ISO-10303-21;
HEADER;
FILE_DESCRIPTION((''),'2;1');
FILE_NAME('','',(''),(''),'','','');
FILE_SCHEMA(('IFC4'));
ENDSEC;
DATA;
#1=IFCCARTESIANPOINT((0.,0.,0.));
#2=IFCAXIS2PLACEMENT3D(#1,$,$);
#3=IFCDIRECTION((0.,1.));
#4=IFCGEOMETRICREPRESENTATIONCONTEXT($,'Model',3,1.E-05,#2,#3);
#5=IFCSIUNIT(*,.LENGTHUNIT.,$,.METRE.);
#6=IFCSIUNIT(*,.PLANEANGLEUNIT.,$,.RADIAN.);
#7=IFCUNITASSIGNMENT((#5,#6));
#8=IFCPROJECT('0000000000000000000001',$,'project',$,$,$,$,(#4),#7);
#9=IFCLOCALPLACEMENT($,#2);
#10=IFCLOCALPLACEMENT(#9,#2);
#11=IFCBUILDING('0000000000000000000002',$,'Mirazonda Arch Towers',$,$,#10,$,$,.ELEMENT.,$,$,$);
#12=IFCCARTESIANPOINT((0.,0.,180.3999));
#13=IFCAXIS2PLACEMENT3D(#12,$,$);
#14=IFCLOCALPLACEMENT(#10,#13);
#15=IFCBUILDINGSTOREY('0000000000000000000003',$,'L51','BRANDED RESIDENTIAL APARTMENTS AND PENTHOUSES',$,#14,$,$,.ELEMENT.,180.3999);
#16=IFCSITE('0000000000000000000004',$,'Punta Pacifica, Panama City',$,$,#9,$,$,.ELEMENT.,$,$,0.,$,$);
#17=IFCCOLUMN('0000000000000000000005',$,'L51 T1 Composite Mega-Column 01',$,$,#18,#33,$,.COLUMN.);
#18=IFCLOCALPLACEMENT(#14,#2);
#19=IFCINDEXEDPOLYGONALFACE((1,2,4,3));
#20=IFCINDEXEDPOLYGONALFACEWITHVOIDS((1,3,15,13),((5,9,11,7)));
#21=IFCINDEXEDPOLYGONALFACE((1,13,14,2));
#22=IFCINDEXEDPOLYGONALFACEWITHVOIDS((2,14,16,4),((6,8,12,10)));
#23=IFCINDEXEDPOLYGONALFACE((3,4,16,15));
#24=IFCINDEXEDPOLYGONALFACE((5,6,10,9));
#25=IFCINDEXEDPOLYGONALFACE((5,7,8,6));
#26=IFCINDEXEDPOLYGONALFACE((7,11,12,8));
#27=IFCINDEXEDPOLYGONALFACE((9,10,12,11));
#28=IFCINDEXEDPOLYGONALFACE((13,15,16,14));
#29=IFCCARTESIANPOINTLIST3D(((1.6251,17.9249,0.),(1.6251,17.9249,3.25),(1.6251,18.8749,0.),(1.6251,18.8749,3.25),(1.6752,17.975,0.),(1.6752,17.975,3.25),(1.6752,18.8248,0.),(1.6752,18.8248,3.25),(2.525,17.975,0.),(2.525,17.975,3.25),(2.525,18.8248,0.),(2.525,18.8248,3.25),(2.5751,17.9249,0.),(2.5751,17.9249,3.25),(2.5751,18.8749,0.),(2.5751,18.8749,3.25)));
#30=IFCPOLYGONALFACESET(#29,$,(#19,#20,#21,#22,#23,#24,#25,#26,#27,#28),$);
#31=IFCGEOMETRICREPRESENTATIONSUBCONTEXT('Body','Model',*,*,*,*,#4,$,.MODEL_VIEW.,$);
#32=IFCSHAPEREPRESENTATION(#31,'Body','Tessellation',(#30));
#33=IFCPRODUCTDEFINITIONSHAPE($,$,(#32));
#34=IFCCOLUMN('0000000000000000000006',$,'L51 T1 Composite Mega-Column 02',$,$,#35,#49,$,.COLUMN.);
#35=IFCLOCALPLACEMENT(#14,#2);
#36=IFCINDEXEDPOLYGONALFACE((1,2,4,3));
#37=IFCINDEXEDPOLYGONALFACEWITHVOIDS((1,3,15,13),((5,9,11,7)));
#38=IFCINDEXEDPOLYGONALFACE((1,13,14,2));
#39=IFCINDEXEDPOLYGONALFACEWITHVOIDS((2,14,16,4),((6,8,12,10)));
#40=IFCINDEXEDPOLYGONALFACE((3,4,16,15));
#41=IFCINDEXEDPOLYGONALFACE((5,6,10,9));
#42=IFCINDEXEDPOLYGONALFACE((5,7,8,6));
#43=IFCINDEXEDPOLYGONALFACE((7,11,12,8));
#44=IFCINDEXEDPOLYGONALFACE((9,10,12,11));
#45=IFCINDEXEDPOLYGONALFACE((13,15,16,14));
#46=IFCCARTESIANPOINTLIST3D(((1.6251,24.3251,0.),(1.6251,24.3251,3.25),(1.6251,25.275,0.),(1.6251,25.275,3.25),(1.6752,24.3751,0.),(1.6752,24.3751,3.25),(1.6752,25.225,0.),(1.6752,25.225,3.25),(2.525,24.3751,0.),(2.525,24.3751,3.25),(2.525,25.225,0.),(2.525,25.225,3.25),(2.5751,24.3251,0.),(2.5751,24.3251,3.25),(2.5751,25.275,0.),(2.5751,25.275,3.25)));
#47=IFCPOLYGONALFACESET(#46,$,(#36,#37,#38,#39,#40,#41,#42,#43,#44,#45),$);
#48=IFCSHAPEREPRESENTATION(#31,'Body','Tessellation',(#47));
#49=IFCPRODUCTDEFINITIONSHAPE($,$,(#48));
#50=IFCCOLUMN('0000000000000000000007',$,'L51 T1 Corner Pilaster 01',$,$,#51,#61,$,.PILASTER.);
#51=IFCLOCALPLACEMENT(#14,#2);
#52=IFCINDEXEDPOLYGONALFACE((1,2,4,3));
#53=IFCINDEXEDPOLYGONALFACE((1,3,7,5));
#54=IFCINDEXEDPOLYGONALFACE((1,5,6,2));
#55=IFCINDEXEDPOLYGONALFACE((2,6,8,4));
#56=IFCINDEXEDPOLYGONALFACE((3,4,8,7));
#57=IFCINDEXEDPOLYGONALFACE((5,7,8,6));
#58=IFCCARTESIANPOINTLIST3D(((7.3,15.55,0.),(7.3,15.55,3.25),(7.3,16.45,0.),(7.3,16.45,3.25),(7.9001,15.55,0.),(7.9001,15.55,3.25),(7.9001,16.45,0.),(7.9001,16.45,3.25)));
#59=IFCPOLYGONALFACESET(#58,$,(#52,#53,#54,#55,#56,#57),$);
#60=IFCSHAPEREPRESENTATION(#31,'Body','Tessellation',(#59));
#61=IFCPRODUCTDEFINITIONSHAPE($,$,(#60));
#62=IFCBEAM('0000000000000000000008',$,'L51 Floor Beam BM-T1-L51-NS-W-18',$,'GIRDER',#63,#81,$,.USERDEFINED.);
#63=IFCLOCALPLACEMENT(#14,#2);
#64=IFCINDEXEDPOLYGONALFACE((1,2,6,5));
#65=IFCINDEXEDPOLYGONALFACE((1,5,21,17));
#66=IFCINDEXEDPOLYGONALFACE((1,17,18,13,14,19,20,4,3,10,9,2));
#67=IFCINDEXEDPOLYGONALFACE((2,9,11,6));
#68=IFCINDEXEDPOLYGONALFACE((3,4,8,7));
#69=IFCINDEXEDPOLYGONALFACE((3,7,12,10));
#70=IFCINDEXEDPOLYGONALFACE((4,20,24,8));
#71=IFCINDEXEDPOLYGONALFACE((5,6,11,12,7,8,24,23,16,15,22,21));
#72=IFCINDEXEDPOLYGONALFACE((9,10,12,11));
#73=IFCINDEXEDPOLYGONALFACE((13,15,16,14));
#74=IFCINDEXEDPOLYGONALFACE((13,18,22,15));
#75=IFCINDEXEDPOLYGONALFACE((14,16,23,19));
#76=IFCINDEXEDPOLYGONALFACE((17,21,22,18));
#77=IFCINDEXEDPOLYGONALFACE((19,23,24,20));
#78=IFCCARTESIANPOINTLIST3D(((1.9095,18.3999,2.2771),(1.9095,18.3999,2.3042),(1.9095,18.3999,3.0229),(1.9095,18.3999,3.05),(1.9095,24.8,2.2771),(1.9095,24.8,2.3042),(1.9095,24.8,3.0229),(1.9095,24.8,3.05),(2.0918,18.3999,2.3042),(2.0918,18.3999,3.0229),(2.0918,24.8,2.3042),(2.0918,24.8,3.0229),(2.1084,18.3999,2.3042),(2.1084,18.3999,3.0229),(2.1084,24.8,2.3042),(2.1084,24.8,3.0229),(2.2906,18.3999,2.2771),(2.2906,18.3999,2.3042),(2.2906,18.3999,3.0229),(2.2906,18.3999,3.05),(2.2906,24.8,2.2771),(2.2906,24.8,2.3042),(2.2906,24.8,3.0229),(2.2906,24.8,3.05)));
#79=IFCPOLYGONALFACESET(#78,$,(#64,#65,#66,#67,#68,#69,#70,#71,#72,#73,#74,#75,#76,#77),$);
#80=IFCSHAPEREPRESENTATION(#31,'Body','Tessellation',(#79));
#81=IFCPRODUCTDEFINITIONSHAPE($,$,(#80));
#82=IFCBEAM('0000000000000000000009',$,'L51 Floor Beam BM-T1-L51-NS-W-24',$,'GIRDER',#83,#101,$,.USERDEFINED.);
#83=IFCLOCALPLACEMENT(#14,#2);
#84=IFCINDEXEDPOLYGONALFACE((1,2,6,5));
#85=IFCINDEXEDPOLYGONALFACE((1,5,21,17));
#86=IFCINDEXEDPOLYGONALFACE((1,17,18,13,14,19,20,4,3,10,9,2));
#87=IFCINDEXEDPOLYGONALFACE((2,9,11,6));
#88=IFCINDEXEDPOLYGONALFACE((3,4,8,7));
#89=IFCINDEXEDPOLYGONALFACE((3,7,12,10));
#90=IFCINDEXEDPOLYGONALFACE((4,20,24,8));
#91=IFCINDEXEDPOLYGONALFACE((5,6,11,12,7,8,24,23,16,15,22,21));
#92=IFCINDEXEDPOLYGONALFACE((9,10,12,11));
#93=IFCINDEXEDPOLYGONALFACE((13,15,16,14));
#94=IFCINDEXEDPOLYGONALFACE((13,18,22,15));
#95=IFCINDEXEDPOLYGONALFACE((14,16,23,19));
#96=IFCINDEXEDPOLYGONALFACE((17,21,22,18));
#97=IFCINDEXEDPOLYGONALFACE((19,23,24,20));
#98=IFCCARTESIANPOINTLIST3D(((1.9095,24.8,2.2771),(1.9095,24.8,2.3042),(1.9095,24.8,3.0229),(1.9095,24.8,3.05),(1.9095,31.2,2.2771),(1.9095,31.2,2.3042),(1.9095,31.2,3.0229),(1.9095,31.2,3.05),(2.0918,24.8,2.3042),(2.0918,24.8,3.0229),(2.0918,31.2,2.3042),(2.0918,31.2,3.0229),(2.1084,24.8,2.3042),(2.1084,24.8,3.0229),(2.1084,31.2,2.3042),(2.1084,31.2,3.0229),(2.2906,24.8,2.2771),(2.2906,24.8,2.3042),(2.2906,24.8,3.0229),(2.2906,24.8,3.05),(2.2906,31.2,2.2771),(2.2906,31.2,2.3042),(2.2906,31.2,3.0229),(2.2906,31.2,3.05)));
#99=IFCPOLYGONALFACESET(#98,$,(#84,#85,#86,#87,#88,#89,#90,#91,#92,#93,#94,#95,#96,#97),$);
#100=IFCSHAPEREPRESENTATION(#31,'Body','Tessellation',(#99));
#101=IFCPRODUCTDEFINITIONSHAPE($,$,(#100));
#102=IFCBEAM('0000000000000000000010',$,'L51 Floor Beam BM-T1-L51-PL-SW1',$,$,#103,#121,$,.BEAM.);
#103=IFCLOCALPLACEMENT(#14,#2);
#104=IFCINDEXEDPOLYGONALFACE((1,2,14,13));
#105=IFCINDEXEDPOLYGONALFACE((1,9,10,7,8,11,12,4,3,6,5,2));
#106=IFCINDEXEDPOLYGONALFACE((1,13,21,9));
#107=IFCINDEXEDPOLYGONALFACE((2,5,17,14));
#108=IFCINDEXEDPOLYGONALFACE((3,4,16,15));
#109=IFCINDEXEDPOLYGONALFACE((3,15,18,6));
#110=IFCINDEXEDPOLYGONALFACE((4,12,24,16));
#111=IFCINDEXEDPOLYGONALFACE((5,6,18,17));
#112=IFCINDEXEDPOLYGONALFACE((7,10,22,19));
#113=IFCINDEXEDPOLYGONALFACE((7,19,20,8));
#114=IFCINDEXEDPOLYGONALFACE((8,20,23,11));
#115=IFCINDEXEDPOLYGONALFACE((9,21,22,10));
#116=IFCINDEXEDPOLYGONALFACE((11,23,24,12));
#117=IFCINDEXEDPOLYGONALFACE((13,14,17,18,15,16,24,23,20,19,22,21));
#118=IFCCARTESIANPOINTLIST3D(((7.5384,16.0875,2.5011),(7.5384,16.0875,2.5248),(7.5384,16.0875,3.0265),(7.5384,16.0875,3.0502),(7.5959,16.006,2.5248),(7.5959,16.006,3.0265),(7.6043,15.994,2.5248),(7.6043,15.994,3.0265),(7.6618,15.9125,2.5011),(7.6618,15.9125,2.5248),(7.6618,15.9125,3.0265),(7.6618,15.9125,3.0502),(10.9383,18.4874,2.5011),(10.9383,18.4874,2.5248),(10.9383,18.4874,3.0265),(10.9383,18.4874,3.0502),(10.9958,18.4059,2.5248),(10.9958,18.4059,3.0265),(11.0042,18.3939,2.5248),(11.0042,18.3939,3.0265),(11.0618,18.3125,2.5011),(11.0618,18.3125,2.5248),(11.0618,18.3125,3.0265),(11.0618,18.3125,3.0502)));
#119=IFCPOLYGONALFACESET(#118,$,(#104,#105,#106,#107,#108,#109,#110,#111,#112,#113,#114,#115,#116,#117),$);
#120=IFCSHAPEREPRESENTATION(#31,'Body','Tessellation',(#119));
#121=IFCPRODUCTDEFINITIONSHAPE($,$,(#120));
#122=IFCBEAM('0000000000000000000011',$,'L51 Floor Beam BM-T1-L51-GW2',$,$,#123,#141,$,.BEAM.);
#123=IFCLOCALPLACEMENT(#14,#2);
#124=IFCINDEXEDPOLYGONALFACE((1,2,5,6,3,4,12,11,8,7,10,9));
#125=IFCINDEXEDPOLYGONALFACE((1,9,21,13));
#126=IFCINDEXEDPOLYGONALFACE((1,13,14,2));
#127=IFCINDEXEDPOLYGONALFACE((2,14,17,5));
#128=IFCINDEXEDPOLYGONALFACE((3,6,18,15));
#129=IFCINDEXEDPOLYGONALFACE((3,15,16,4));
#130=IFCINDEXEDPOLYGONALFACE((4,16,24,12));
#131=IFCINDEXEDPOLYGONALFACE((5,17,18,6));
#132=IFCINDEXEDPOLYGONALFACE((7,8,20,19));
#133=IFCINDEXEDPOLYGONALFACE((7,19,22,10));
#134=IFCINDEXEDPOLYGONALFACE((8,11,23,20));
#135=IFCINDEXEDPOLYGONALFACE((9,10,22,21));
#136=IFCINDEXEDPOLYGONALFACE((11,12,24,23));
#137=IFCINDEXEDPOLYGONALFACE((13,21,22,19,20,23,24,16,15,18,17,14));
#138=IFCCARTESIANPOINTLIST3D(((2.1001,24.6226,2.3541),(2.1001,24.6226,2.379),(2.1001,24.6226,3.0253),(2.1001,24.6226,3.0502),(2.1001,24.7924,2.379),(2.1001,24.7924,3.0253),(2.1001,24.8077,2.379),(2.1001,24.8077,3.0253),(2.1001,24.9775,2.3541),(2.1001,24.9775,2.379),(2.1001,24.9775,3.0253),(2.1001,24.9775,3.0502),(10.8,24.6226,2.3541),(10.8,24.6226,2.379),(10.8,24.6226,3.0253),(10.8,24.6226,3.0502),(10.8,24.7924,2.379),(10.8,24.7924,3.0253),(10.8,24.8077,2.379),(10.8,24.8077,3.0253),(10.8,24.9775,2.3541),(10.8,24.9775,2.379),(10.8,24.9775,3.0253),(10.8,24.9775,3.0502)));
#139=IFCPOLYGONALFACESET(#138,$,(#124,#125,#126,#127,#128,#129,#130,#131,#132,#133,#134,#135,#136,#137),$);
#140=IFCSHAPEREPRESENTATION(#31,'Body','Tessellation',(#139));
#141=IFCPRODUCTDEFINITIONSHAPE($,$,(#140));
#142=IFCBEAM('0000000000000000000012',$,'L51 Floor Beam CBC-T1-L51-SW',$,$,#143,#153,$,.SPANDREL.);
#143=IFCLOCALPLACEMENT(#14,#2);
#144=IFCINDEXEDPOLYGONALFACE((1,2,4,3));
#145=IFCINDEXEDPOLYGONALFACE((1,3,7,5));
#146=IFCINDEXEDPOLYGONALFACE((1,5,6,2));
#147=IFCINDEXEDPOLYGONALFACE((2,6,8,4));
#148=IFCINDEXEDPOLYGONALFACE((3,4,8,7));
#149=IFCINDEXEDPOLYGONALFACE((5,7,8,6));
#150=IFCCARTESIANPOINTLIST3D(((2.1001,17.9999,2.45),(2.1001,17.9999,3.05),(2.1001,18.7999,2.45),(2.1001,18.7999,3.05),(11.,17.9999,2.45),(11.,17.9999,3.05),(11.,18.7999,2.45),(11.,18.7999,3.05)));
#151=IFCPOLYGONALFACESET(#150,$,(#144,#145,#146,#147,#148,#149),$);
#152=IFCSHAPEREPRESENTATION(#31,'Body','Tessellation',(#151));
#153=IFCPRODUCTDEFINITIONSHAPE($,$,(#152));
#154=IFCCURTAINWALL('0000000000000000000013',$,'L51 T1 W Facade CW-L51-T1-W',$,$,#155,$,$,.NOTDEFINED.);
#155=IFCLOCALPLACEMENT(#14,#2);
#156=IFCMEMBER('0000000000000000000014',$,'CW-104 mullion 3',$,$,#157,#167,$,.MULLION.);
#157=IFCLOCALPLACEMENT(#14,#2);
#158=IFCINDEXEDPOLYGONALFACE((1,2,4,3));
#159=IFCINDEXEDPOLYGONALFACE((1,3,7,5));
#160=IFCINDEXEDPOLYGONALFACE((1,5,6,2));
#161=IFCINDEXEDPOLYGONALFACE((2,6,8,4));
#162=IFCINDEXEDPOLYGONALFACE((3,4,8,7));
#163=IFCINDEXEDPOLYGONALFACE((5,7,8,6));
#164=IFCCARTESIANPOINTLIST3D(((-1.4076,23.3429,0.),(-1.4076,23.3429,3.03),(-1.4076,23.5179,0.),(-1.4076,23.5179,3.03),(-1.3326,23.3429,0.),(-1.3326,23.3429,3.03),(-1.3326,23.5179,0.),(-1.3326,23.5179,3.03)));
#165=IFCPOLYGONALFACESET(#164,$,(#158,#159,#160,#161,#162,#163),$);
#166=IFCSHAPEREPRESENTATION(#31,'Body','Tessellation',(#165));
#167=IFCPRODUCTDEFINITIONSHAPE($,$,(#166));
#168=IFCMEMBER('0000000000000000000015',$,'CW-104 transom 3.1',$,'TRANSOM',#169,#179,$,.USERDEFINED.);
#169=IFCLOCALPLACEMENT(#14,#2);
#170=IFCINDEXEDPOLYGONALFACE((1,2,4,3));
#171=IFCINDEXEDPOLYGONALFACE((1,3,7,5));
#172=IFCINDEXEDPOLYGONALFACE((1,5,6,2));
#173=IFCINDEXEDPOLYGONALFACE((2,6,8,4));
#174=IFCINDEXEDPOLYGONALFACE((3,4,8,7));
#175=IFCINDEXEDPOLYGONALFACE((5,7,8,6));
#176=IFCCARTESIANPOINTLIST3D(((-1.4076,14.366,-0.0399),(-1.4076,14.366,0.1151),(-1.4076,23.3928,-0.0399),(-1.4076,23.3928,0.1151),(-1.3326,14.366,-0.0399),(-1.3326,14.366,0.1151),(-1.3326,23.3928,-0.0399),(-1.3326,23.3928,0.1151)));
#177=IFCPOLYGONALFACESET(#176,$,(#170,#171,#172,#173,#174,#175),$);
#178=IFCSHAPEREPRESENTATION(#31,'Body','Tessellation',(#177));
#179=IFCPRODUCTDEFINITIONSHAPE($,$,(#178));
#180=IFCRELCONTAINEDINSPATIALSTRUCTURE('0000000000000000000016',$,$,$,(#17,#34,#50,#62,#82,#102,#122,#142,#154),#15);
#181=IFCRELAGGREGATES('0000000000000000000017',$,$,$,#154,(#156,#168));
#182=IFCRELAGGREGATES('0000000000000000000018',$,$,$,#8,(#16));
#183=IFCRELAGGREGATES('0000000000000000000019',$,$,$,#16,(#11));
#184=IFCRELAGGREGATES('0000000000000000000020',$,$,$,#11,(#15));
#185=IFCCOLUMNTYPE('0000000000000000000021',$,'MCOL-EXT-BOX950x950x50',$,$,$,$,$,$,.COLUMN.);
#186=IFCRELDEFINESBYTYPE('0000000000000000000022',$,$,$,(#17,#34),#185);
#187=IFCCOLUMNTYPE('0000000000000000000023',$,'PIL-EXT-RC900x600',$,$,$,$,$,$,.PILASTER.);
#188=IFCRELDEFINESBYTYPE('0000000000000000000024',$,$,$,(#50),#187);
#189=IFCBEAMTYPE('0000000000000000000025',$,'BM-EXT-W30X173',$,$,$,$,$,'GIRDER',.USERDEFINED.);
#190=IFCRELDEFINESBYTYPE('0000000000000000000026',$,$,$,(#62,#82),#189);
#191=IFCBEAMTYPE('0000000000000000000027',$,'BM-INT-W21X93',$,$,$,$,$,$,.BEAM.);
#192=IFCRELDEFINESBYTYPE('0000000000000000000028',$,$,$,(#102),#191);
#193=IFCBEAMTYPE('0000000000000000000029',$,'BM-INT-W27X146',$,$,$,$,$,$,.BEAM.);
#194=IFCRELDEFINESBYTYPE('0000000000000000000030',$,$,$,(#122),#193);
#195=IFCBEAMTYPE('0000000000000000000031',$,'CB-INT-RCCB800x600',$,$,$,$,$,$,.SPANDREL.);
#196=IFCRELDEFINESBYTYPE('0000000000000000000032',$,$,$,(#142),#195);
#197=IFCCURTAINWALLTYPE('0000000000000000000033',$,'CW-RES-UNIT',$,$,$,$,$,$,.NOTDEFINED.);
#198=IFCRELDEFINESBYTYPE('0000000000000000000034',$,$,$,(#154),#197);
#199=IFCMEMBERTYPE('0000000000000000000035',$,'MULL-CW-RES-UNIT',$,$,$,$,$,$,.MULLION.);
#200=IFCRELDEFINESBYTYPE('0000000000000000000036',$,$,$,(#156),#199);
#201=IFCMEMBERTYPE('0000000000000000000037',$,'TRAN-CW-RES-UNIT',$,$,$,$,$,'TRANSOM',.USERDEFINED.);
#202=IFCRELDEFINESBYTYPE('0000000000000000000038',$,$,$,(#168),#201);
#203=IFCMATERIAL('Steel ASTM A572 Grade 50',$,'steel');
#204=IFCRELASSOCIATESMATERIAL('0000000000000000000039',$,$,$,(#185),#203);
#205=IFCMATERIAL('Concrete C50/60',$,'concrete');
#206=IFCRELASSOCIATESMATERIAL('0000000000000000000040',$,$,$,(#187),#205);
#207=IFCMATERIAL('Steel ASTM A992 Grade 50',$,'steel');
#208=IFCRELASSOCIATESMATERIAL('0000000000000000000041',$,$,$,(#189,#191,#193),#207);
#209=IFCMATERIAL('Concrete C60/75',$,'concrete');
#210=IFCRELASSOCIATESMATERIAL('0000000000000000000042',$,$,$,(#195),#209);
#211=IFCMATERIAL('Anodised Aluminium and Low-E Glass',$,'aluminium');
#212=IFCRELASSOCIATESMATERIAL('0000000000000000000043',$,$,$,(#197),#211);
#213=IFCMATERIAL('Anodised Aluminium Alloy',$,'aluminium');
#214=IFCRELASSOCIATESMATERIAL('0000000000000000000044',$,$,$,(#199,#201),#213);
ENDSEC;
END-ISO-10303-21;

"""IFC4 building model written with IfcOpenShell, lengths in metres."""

from ifc_helpers import new_model, si_unit, direction, frame, origin, origin_2d, place, context, subcontext, project, spatial, rectangle, hollow_rectangle, i_section, extrude, material, material_profile, profile_set, type_object, element, aggregate, save


model = new_model("IFC4")

# Units and contexts
model_context = context("Model", 3, precision=1e-05, world=origin(), true_north=direction((0.0, 1.0)))
body_context = subcontext(model_context, "Body", "Model", "MODEL_VIEW")
ifc_project = project(units=[si_unit("LENGTHUNIT", "METRE"), si_unit("PLANEANGLEUNIT", "RADIAN")], contexts=[model_context])

# Site, building, storey
site_placement = place(None, origin())
site = spatial("IfcSite", under=ifc_project, at=site_placement, Name="Punta Pacifica, Panama City", CompositionType="ELEMENT", RefElevation=0.0)
building_placement = place(site_placement, origin())
building = spatial("IfcBuilding", under=site, at=building_placement, Name="Mirazonda Arch Towers", CompositionType="ELEMENT")
storey_placement = place(building_placement, frame((0.0, 0.0, 180.3999)))
storey = spatial("IfcBuildingStorey", under=building, at=storey_placement, Name="L51", Description="BRANDED RESIDENTIAL APARTMENTS AND PENTHOUSES", CompositionType="ELEMENT", Elevation=180.3999)

# Columns
ifc_material_1 = material(Name="Steel ASTM A572 Grade 50", Category="steel")
ifc_material_profile_1 = material_profile(ifc_material_1, hollow_rectangle(XDim=0.95, YDim=0.95, WallThickness=0.05, at=origin_2d()), Name="BOX950x950x50")
ifc_profile_set_1 = profile_set([ifc_material_profile_1], Name="Steel ASTM A572 Grade 50")
column_type_1 = type_object("IfcColumnType", Name="MCOL-EXT-BOX950x950x50", PredefinedType="COLUMN", material=ifc_profile_set_1)
for number, where, z_axis, x_axis, name in (
    (1, (2.1001, 18.3999, 0.0), (0.0, 0.0, 1.0), (1.0, 0.0, 0.0), "L51 T1 Composite Mega-Column 01"),
    (2, (2.1001, 24.8, 0.0), (0.0, 0.0, 1.0), (1.0, 0.0, 0.0), "L51 T1 Composite Mega-Column 02"),
):
    element("IfcColumn", number, at=place(storey_placement, frame(where, z_axis=z_axis, x_axis=x_axis)), inside=storey, type_object=column_type_1, Name=name, PredefinedType="COLUMN", context=body_context, shape_type="SweptSolid", body=[
        extrude(hollow_rectangle(XDim=0.95, YDim=0.95, WallThickness=0.05, at=origin_2d()), origin(), (0.0, 0.0, 1.0), 3.25),
    ])
ifc_material_2 = material(Name="Concrete C50/60", Category="concrete")
ifc_material_profile_2 = material_profile(ifc_material_2, rectangle(XDim=0.6001, YDim=0.8999, at=origin_2d()), Name="RC900x600")
ifc_profile_set_2 = profile_set([ifc_material_profile_2], Name="Concrete C50/60")
column_type_2 = type_object("IfcColumnType", Name="PIL-EXT-RC900x600", PredefinedType="PILASTER", material=ifc_profile_set_2)
column_placement = place(storey_placement, frame((7.6001, 16.0, 0.0), z_axis=(0.0, 0.0, 1.0), x_axis=(1.0, 0.0, 0.0)))
element("IfcColumn", 3, at=column_placement, inside=storey, type_object=column_type_2, Name="L51 T1 Corner Pilaster 01", PredefinedType="PILASTER", context=body_context, shape_type="SweptSolid", body=[
    extrude(rectangle(XDim=0.6001, YDim=0.8999, at=origin_2d()), origin(), (0.0, 0.0, 1.0), 3.25),
])

# Beams
ifc_material_3 = material(Name="Steel ASTM A992 Grade 50", Category="steel")
ifc_material_profile_3 = material_profile(ifc_material_3, i_section(OverallWidth=0.3811, OverallDepth=0.7729, WebThickness=0.0166, FlangeThickness=0.0271, at=origin_2d()), Name="W30X173")
ifc_profile_set_3 = profile_set([ifc_material_profile_3], Name="Steel ASTM A992 Grade 50")
beam_type_1 = type_object("IfcBeamType", Name="BM-EXT-W30X173", ElementType="GIRDER", PredefinedType="USERDEFINED", material=ifc_profile_set_3)
beam_1_placement = place(storey_placement, frame((2.1001, 18.3999, 2.6636), z_axis=(0.0, 1.0, 0.0), x_axis=(-1.0, 0.0, 0.0)))
element("IfcBeam", 4, at=beam_1_placement, inside=storey, type_object=beam_type_1, Name="L51 Floor Beam BM-T1-L51-NS-W-18", ObjectType="GIRDER", PredefinedType="USERDEFINED", context=body_context, shape_type="SweptSolid", body=[
    extrude(i_section(OverallWidth=0.3811, OverallDepth=0.7729, WebThickness=0.0166, FlangeThickness=0.0271, at=origin_2d()), origin(), (0.0, 0.0, 1.0), 6.4001),
])
beam_2_placement = place(storey_placement, frame((2.1001, 24.8, 2.6636), z_axis=(0.0, 1.0, 0.0), x_axis=(-1.0, 0.0, 0.0)))
element("IfcBeam", 5, at=beam_2_placement, inside=storey, type_object=beam_type_1, Name="L51 Floor Beam BM-T1-L51-NS-W-24", ObjectType="GIRDER", PredefinedType="USERDEFINED", context=body_context, shape_type="SweptSolid", body=[
    extrude(i_section(OverallWidth=0.3811, OverallDepth=0.7729, WebThickness=0.0166, FlangeThickness=0.0271, at=origin_2d()), origin(), (0.0, 0.0, 1.0), 6.3999),
])
ifc_material_profile_4 = material_profile(ifc_material_3, i_section(OverallWidth=0.2141, OverallDepth=0.5491, WebThickness=0.0146, FlangeThickness=0.0237, at=origin_2d()), Name="W21X93")
ifc_profile_set_4 = profile_set([ifc_material_profile_4], Name="Steel ASTM A992 Grade 50")
beam_type_2 = type_object("IfcBeamType", Name="BM-INT-W21X93", PredefinedType="BEAM", material=ifc_profile_set_4)
beam_3_placement = place(storey_placement, frame((7.6001, 16.0, 2.7756), z_axis=(0.816971, 0.576679, 0.0), x_axis=(-0.576679, 0.816971, 0.0)))
element("IfcBeam", 6, at=beam_3_placement, inside=storey, type_object=beam_type_2, Name="L51 Floor Beam BM-T1-L51-PL-SW1", PredefinedType="BEAM", context=body_context, shape_type="SweptSolid", body=[
    extrude(i_section(OverallWidth=0.2141, OverallDepth=0.5491, WebThickness=0.0146, FlangeThickness=0.0237, at=origin_2d()), origin(), (0.0, 0.0, 1.0), 4.1616),
])
ifc_material_profile_5 = material_profile(ifc_material_3, i_section(OverallWidth=0.355, OverallDepth=0.696, WebThickness=0.0154, FlangeThickness=0.0249, at=origin_2d()), Name="W27X146")
ifc_profile_set_5 = profile_set([ifc_material_profile_5], Name="Steel ASTM A992 Grade 50")
beam_type_3 = type_object("IfcBeamType", Name="BM-INT-W27X146", PredefinedType="BEAM", material=ifc_profile_set_5)
beam_4_placement = place(storey_placement, frame((2.1001, 24.8, 2.7021), z_axis=(1.0, 0.0, 0.0), x_axis=(0.0, 1.0, 0.0)))
element("IfcBeam", 7, at=beam_4_placement, inside=storey, type_object=beam_type_3, Name="L51 Floor Beam BM-T1-L51-GW2", PredefinedType="BEAM", context=body_context, shape_type="SweptSolid", body=[
    extrude(i_section(OverallWidth=0.355, OverallDepth=0.696, WebThickness=0.0154, FlangeThickness=0.0249, at=origin_2d()), origin(), (0.0, 0.0, 1.0), 8.7),
])
ifc_material_4 = material(Name="Concrete C60/75", Category="concrete")
ifc_material_profile_6 = material_profile(ifc_material_4, rectangle(XDim=0.8, YDim=0.6001, at=origin_2d()), Name="RCCB800x600")
ifc_profile_set_6 = profile_set([ifc_material_profile_6], Name="Concrete C60/75")
beam_type_4 = type_object("IfcBeamType", Name="CB-INT-RCCB800x600", PredefinedType="SPANDREL", material=ifc_profile_set_6)
beam_5_placement = place(storey_placement, frame((2.1001, 18.3999, 2.75), z_axis=(1.0, 0.0, 0.0), x_axis=(0.0, 1.0, 0.0)))
element("IfcBeam", 8, at=beam_5_placement, inside=storey, type_object=beam_type_4, Name="L51 Floor Beam CBC-T1-L51-SW", PredefinedType="SPANDREL", context=body_context, shape_type="SweptSolid", body=[
    extrude(rectangle(XDim=0.8, YDim=0.6001, at=origin_2d()), origin(), (0.0, 0.0, 1.0), 8.8999),
])

# Curtain wall, members
ifc_material_5 = material(Name="Anodised Aluminium and Low-E Glass", Category="aluminium")
curtain_wall_type = type_object("IfcCurtainWallType", Name="CW-RES-UNIT", PredefinedType="NOTDEFINED", material=ifc_material_5)
curtain_wall_placement = place(storey_placement, origin())
curtain_wall = element("IfcCurtainWall", 9, at=curtain_wall_placement, inside=storey, type_object=curtain_wall_type, Name="L51 T1 W Facade CW-L51-T1-W", PredefinedType="NOTDEFINED")
ifc_material_6 = material(Name="Anodised Aluminium Alloy", Category="aluminium")
ifc_material_profile_7 = material_profile(ifc_material_6, rectangle(XDim=0.075, YDim=0.175, at=origin_2d()), Name="ALU-MULL-75x175")
ifc_profile_set_7 = profile_set([ifc_material_profile_7], Name="Anodised Aluminium Alloy")
member_type_1 = type_object("IfcMemberType", Name="MULL-CW-RES-UNIT", PredefinedType="MULLION", material=ifc_profile_set_7)
member_1_placement = place(storey_placement, frame((-1.3701, 23.4304, 0.0), z_axis=(0.0, 0.0, 1.0), x_axis=(1.0, 0.0, 0.0)))
member_1 = element("IfcMember", 10, at=member_1_placement, type_object=member_type_1, Name="CW-104 mullion 3", PredefinedType="MULLION", context=body_context, shape_type="SweptSolid", body=[
    extrude(rectangle(XDim=0.075, YDim=0.175, at=origin_2d()), origin(), (0.0, 0.0, 1.0), 3.03),
])
ifc_material_profile_8 = material_profile(ifc_material_6, rectangle(XDim=0.075, YDim=0.155, at=origin_2d()), Name="ALU-TRAN-75x155")
ifc_profile_set_8 = profile_set([ifc_material_profile_8], Name="Anodised Aluminium Alloy")
member_type_2 = type_object("IfcMemberType", Name="TRAN-CW-RES-UNIT", ElementType="TRANSOM", PredefinedType="USERDEFINED", material=ifc_profile_set_8)
member_2_placement = place(storey_placement, frame((-1.3701, 23.3928, 0.0376), z_axis=(0.0, -1.0, 0.0), x_axis=(1.0, 0.0, 0.0)))
member_2 = element("IfcMember", 11, at=member_2_placement, type_object=member_type_2, Name="CW-104 transom 3.1", ObjectType="TRANSOM", PredefinedType="USERDEFINED", context=body_context, shape_type="SweptSolid", body=[
    extrude(rectangle(XDim=0.075, YDim=0.155, at=origin_2d()), origin(), (0.0, 0.0, 1.0), 9.0269),
])
aggregate(curtain_wall, [member_1, member_2])

save(model, "model.ifc")
